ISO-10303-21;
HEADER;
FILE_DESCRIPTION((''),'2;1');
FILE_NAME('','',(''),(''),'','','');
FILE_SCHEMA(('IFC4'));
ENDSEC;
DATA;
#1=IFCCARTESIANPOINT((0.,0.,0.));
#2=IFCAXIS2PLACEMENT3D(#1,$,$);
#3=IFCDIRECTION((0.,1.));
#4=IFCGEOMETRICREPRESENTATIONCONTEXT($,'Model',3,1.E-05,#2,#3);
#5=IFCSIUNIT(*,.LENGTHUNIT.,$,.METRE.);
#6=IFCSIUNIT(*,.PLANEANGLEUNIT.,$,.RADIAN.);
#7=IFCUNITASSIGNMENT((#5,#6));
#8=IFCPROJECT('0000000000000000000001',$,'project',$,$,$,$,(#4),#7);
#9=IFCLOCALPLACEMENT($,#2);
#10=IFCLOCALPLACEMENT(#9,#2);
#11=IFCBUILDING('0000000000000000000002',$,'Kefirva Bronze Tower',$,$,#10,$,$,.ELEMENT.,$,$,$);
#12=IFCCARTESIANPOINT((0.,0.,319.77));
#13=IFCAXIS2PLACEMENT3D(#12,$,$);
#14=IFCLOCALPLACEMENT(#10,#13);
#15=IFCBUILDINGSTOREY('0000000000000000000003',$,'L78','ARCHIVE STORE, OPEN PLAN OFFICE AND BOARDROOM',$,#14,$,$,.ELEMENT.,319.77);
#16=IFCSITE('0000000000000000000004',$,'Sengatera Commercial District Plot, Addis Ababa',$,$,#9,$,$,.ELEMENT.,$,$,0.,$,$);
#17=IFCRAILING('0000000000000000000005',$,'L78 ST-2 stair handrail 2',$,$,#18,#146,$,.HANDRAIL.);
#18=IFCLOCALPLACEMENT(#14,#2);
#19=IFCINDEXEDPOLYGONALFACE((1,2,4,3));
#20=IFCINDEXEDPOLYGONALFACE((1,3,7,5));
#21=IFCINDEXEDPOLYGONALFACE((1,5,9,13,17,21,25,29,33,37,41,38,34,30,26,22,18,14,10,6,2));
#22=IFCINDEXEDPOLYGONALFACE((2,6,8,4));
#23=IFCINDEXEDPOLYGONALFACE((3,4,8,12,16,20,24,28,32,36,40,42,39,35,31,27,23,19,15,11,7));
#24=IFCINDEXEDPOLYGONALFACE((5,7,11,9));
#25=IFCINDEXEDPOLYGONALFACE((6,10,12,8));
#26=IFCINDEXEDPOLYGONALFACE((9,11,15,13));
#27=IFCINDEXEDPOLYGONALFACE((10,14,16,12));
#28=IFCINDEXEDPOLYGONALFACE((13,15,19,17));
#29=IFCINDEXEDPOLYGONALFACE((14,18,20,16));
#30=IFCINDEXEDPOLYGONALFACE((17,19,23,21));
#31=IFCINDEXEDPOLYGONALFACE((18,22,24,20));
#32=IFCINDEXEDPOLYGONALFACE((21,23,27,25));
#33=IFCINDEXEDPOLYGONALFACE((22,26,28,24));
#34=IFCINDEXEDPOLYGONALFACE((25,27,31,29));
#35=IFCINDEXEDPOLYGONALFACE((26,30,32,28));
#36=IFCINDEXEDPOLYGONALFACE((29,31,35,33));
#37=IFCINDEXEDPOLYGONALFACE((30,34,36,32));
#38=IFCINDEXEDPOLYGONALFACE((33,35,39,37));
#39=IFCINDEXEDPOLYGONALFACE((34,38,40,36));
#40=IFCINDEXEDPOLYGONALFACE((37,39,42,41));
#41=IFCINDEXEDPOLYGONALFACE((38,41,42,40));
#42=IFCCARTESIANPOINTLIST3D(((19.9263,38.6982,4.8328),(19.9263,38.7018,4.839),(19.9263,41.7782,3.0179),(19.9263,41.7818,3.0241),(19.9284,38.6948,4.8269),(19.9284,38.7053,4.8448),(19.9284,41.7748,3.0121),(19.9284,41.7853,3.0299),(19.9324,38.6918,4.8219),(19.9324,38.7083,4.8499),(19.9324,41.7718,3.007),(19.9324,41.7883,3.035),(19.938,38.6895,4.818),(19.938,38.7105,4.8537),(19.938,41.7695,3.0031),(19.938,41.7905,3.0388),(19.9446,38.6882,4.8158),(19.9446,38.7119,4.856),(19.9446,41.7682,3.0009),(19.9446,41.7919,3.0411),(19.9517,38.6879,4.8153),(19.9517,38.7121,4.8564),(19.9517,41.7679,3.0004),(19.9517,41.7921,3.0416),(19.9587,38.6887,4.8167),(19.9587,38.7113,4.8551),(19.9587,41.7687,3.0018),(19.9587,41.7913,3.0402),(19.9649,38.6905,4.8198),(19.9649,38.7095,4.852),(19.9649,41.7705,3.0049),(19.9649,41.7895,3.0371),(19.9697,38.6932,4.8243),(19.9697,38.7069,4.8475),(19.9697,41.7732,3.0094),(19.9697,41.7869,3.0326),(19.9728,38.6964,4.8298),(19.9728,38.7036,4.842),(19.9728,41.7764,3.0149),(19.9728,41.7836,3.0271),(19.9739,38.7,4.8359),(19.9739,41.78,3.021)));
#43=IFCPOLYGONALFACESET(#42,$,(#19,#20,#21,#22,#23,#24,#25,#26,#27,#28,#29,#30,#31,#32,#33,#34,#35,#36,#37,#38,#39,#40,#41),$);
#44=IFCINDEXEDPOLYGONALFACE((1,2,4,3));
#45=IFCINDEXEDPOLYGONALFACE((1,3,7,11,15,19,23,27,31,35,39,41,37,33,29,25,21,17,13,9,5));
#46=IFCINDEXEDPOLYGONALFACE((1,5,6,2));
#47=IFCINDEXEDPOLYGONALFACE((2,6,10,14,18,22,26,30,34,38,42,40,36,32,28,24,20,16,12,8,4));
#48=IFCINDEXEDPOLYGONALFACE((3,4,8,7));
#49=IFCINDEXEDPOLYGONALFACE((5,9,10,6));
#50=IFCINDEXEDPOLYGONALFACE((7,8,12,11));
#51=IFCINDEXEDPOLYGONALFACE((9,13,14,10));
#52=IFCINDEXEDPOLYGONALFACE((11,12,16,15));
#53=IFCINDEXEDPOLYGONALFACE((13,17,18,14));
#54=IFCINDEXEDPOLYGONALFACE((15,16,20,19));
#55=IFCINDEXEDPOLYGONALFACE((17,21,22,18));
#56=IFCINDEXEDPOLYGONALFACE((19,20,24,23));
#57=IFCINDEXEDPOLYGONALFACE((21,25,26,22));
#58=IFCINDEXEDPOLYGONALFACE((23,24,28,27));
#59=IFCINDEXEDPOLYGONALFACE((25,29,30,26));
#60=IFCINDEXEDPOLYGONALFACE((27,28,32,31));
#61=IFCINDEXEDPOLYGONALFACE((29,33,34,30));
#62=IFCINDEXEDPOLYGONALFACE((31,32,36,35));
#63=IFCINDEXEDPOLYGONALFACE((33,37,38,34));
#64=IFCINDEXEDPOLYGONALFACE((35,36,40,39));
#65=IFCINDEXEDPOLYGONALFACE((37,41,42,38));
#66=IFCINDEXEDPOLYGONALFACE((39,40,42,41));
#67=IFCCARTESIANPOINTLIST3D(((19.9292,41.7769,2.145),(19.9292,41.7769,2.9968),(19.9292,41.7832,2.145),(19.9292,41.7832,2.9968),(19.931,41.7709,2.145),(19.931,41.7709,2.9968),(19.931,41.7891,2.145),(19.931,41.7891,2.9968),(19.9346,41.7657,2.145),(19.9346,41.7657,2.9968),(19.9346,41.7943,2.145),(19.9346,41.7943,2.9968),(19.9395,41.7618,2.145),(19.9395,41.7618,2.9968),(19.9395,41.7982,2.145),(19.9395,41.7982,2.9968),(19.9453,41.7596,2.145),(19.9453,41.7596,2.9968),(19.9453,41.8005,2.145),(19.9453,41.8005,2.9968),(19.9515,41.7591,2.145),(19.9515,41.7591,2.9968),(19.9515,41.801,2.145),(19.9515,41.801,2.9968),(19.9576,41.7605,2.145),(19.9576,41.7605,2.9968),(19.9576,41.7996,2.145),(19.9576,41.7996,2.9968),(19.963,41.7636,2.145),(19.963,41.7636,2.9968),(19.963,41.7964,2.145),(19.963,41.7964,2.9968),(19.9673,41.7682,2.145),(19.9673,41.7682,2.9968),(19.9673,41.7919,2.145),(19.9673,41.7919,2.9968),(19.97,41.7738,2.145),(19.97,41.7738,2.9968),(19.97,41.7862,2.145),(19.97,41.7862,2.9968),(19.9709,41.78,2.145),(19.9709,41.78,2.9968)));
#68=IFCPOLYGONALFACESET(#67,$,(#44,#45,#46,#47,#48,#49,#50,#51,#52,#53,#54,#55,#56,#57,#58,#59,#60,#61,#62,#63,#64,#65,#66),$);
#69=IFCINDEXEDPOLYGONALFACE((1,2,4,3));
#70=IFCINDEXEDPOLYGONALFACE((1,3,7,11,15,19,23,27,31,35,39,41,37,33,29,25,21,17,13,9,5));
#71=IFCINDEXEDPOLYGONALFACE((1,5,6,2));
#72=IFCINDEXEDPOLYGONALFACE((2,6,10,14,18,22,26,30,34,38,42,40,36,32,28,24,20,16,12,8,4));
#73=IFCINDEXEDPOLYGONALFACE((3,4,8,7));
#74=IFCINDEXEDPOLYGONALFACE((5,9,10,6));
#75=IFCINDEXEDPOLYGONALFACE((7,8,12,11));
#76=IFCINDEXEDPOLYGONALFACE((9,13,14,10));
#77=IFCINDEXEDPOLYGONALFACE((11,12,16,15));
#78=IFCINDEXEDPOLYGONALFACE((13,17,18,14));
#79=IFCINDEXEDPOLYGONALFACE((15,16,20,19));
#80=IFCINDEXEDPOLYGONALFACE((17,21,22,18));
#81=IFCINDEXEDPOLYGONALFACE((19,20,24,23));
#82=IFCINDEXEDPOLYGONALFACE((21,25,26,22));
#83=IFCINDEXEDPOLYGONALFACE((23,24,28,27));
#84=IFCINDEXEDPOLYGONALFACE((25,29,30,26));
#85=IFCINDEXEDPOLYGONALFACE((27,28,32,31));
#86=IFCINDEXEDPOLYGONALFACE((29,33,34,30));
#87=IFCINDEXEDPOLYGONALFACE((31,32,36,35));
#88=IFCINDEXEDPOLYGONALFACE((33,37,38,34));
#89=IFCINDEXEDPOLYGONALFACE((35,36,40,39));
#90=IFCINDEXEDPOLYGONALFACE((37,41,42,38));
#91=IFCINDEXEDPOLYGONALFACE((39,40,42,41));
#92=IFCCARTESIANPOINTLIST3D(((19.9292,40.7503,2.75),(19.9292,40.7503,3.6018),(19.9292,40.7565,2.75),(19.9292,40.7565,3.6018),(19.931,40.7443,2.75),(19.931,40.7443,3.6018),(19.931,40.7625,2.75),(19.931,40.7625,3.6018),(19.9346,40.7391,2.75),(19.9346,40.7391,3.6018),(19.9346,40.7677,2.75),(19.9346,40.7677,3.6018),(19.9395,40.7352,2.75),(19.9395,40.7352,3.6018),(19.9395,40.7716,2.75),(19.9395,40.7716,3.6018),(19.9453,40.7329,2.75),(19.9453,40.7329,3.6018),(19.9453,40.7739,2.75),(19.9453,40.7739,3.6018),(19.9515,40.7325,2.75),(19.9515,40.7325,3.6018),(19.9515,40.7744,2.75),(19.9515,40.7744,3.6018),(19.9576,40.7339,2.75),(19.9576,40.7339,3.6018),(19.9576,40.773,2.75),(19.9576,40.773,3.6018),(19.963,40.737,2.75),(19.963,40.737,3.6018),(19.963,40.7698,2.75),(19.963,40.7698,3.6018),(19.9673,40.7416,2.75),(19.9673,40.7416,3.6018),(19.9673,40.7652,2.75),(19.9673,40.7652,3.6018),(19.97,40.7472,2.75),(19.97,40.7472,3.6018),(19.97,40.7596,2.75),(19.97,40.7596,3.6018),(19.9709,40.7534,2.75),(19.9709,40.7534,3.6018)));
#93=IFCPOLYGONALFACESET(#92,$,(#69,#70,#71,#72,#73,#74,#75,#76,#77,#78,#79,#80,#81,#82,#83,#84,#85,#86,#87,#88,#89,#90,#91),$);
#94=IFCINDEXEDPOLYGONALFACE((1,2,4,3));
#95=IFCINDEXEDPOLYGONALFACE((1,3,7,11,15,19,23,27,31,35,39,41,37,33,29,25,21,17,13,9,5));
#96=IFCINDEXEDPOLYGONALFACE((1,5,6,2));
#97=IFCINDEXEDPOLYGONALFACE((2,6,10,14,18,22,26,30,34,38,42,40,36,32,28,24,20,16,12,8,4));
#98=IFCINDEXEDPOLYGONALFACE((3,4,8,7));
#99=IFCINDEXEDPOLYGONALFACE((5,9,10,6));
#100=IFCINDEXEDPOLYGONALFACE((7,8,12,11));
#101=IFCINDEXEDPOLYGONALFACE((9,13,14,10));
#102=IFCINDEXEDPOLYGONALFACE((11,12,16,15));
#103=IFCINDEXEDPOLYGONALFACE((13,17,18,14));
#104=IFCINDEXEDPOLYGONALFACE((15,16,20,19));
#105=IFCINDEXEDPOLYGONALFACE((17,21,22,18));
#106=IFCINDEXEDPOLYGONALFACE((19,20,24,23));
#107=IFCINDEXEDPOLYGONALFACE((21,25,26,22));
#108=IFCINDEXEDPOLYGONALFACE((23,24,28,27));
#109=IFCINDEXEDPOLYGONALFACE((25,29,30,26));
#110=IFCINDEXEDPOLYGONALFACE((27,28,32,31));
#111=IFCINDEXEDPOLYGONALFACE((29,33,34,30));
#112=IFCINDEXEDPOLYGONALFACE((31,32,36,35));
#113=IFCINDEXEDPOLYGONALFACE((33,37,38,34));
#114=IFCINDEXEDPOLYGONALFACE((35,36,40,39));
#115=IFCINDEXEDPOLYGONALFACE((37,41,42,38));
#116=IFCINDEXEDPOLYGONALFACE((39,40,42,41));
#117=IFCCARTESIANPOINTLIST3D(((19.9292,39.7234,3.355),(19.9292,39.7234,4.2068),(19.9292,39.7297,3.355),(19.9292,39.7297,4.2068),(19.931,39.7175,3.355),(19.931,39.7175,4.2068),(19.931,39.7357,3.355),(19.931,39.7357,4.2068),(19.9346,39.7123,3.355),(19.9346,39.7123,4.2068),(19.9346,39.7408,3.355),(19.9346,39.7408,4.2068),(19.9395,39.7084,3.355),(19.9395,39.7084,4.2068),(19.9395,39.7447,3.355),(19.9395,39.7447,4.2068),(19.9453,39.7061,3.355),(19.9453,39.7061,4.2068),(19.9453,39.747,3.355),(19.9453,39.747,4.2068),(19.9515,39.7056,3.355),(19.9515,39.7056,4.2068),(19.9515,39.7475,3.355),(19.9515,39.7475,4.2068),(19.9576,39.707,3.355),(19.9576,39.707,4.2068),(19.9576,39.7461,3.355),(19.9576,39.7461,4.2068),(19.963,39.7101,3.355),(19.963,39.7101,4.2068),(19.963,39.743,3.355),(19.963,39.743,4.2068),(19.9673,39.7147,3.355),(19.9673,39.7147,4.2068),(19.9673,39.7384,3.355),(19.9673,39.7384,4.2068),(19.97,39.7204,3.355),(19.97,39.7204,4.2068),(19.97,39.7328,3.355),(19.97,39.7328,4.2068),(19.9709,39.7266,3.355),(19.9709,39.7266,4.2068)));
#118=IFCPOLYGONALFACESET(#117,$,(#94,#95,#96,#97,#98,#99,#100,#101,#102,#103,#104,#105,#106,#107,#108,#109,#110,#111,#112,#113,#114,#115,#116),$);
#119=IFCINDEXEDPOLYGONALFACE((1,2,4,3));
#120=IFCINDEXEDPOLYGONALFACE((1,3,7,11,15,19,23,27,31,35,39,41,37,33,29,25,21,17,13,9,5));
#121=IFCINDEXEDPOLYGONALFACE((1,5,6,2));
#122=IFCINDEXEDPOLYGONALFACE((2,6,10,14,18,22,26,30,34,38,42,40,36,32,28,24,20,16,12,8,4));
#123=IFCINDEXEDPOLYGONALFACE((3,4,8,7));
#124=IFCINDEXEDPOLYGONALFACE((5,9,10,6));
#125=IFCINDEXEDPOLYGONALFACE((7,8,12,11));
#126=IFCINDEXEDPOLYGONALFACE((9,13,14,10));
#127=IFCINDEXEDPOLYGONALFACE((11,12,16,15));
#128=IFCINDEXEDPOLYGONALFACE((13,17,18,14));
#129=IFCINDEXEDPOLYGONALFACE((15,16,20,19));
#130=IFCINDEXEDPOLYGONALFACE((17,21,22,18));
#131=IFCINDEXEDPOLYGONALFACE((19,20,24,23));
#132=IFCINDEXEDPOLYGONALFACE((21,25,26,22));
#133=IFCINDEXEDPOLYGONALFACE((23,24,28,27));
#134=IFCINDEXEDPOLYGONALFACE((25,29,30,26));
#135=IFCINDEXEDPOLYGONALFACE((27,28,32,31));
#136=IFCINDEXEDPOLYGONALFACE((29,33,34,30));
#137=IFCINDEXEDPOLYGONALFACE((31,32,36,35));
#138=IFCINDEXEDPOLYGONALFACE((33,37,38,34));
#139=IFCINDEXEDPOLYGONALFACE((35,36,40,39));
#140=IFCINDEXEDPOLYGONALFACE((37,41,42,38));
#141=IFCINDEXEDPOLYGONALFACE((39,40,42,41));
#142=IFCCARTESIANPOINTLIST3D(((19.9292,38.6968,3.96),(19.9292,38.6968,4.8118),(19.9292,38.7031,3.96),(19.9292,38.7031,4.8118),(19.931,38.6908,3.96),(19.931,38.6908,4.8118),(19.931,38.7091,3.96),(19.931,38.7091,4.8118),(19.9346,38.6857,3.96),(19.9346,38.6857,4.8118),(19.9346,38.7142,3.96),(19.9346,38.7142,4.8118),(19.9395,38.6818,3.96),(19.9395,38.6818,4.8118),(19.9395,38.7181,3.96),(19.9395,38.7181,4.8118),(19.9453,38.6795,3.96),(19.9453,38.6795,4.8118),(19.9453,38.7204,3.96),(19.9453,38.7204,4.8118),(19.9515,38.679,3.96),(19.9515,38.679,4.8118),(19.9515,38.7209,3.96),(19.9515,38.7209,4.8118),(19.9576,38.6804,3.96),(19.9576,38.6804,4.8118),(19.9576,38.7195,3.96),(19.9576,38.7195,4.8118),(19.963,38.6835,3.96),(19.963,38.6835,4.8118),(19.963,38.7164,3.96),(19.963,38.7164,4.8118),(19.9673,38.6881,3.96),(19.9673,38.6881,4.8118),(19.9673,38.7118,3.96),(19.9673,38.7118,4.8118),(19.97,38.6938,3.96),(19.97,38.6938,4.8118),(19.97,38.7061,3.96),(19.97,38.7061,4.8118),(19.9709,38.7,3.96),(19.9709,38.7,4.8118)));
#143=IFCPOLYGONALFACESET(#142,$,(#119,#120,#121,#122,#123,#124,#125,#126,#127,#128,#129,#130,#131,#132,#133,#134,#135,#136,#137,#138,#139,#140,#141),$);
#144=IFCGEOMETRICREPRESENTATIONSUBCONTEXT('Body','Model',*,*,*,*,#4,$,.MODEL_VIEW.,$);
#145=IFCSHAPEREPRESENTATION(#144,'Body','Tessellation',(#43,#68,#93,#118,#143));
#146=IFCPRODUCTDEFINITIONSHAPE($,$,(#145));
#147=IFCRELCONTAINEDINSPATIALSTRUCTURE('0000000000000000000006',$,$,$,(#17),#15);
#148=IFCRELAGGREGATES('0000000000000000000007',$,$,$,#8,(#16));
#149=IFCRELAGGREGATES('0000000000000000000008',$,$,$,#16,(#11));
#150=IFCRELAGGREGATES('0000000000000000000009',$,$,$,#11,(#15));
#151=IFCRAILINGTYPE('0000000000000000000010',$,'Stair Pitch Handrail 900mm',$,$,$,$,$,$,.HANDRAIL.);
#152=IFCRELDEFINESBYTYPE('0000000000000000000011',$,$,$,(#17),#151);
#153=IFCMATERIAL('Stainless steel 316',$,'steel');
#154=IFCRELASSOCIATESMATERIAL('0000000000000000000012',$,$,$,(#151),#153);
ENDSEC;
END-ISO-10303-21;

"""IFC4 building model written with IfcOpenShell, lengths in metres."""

from ifc_helpers import new_model, si_unit, direction, frame, origin, origin_2d, place, context, subcontext, project, spatial, circle, extrude, material, type_object, element, save


model = new_model("IFC4")

# Units and contexts
model_context = context("Model", 3, precision=1e-05, world=origin(), true_north=direction((0.0, 1.0)))
body_context = subcontext(model_context, "Body", "Model", "MODEL_VIEW")
ifc_project = project(units=[si_unit("LENGTHUNIT", "METRE"), si_unit("PLANEANGLEUNIT", "RADIAN")], contexts=[model_context])

# Site, building, storey
site_placement = place(None, origin())
site = spatial("IfcSite", under=ifc_project, at=site_placement, Name="Sengatera Commercial District Plot, Addis Ababa", CompositionType="ELEMENT", RefElevation=0.0)
building_placement = place(site_placement, origin())
building = spatial("IfcBuilding", under=site, at=building_placement, Name="Kefirva Bronze Tower", CompositionType="ELEMENT")
storey_placement = place(building_placement, frame((0.0, 0.0, 319.77)))
storey = spatial("IfcBuildingStorey", under=building, at=storey_placement, Name="L78", Description="ARCHIVE STORE, OPEN PLAN OFFICE AND BOARDROOM", CompositionType="ELEMENT", Elevation=319.77)

# Shared definitions
ifc_material_1 = material(Name="Stainless steel 316", Category="steel")

# Railing
railing_type = type_object("IfcRailingType", Name="Stair Pitch Handrail 900mm", PredefinedType="HANDRAIL", material=ifc_material_1)
railing_placement = place(storey_placement, frame((19.95, 41.78, 2.145)))
element("IfcRailing", 1, at=railing_placement, inside=storey, type_object=railing_type, Name="L78 ST-2 stair handrail 2", PredefinedType="HANDRAIL", context=body_context, shape_type="SweptSolid", body=[
    extrude(circle(Radius=0.0239, at=origin_2d()), frame((0.0, 0.0, 0.876), z_axis=(0.0, -0.861551, 0.507671), x_axis=(1.0, 0.0, 0.0)), (0.0, 0.0, 1.0), 3.575),
    extrude(circle(Radius=0.021, at=origin_2d()), origin(), (0.0, 0.0, 1.0), 0.8518),
    extrude(circle(Radius=0.021, at=origin_2d()), frame((0.0, -1.0266, 0.605)), (0.0, 0.0, 1.0), 0.8518),
    extrude(circle(Radius=0.021, at=origin_2d()), frame((0.0, -2.0535, 1.21)), (0.0, 0.0, 1.0), 0.8518),
    extrude(circle(Radius=0.021, at=origin_2d()), frame((0.0, -3.0801, 1.8149)), (0.0, 0.0, 1.0), 0.8518),
])

save(model, "model.ifc")
